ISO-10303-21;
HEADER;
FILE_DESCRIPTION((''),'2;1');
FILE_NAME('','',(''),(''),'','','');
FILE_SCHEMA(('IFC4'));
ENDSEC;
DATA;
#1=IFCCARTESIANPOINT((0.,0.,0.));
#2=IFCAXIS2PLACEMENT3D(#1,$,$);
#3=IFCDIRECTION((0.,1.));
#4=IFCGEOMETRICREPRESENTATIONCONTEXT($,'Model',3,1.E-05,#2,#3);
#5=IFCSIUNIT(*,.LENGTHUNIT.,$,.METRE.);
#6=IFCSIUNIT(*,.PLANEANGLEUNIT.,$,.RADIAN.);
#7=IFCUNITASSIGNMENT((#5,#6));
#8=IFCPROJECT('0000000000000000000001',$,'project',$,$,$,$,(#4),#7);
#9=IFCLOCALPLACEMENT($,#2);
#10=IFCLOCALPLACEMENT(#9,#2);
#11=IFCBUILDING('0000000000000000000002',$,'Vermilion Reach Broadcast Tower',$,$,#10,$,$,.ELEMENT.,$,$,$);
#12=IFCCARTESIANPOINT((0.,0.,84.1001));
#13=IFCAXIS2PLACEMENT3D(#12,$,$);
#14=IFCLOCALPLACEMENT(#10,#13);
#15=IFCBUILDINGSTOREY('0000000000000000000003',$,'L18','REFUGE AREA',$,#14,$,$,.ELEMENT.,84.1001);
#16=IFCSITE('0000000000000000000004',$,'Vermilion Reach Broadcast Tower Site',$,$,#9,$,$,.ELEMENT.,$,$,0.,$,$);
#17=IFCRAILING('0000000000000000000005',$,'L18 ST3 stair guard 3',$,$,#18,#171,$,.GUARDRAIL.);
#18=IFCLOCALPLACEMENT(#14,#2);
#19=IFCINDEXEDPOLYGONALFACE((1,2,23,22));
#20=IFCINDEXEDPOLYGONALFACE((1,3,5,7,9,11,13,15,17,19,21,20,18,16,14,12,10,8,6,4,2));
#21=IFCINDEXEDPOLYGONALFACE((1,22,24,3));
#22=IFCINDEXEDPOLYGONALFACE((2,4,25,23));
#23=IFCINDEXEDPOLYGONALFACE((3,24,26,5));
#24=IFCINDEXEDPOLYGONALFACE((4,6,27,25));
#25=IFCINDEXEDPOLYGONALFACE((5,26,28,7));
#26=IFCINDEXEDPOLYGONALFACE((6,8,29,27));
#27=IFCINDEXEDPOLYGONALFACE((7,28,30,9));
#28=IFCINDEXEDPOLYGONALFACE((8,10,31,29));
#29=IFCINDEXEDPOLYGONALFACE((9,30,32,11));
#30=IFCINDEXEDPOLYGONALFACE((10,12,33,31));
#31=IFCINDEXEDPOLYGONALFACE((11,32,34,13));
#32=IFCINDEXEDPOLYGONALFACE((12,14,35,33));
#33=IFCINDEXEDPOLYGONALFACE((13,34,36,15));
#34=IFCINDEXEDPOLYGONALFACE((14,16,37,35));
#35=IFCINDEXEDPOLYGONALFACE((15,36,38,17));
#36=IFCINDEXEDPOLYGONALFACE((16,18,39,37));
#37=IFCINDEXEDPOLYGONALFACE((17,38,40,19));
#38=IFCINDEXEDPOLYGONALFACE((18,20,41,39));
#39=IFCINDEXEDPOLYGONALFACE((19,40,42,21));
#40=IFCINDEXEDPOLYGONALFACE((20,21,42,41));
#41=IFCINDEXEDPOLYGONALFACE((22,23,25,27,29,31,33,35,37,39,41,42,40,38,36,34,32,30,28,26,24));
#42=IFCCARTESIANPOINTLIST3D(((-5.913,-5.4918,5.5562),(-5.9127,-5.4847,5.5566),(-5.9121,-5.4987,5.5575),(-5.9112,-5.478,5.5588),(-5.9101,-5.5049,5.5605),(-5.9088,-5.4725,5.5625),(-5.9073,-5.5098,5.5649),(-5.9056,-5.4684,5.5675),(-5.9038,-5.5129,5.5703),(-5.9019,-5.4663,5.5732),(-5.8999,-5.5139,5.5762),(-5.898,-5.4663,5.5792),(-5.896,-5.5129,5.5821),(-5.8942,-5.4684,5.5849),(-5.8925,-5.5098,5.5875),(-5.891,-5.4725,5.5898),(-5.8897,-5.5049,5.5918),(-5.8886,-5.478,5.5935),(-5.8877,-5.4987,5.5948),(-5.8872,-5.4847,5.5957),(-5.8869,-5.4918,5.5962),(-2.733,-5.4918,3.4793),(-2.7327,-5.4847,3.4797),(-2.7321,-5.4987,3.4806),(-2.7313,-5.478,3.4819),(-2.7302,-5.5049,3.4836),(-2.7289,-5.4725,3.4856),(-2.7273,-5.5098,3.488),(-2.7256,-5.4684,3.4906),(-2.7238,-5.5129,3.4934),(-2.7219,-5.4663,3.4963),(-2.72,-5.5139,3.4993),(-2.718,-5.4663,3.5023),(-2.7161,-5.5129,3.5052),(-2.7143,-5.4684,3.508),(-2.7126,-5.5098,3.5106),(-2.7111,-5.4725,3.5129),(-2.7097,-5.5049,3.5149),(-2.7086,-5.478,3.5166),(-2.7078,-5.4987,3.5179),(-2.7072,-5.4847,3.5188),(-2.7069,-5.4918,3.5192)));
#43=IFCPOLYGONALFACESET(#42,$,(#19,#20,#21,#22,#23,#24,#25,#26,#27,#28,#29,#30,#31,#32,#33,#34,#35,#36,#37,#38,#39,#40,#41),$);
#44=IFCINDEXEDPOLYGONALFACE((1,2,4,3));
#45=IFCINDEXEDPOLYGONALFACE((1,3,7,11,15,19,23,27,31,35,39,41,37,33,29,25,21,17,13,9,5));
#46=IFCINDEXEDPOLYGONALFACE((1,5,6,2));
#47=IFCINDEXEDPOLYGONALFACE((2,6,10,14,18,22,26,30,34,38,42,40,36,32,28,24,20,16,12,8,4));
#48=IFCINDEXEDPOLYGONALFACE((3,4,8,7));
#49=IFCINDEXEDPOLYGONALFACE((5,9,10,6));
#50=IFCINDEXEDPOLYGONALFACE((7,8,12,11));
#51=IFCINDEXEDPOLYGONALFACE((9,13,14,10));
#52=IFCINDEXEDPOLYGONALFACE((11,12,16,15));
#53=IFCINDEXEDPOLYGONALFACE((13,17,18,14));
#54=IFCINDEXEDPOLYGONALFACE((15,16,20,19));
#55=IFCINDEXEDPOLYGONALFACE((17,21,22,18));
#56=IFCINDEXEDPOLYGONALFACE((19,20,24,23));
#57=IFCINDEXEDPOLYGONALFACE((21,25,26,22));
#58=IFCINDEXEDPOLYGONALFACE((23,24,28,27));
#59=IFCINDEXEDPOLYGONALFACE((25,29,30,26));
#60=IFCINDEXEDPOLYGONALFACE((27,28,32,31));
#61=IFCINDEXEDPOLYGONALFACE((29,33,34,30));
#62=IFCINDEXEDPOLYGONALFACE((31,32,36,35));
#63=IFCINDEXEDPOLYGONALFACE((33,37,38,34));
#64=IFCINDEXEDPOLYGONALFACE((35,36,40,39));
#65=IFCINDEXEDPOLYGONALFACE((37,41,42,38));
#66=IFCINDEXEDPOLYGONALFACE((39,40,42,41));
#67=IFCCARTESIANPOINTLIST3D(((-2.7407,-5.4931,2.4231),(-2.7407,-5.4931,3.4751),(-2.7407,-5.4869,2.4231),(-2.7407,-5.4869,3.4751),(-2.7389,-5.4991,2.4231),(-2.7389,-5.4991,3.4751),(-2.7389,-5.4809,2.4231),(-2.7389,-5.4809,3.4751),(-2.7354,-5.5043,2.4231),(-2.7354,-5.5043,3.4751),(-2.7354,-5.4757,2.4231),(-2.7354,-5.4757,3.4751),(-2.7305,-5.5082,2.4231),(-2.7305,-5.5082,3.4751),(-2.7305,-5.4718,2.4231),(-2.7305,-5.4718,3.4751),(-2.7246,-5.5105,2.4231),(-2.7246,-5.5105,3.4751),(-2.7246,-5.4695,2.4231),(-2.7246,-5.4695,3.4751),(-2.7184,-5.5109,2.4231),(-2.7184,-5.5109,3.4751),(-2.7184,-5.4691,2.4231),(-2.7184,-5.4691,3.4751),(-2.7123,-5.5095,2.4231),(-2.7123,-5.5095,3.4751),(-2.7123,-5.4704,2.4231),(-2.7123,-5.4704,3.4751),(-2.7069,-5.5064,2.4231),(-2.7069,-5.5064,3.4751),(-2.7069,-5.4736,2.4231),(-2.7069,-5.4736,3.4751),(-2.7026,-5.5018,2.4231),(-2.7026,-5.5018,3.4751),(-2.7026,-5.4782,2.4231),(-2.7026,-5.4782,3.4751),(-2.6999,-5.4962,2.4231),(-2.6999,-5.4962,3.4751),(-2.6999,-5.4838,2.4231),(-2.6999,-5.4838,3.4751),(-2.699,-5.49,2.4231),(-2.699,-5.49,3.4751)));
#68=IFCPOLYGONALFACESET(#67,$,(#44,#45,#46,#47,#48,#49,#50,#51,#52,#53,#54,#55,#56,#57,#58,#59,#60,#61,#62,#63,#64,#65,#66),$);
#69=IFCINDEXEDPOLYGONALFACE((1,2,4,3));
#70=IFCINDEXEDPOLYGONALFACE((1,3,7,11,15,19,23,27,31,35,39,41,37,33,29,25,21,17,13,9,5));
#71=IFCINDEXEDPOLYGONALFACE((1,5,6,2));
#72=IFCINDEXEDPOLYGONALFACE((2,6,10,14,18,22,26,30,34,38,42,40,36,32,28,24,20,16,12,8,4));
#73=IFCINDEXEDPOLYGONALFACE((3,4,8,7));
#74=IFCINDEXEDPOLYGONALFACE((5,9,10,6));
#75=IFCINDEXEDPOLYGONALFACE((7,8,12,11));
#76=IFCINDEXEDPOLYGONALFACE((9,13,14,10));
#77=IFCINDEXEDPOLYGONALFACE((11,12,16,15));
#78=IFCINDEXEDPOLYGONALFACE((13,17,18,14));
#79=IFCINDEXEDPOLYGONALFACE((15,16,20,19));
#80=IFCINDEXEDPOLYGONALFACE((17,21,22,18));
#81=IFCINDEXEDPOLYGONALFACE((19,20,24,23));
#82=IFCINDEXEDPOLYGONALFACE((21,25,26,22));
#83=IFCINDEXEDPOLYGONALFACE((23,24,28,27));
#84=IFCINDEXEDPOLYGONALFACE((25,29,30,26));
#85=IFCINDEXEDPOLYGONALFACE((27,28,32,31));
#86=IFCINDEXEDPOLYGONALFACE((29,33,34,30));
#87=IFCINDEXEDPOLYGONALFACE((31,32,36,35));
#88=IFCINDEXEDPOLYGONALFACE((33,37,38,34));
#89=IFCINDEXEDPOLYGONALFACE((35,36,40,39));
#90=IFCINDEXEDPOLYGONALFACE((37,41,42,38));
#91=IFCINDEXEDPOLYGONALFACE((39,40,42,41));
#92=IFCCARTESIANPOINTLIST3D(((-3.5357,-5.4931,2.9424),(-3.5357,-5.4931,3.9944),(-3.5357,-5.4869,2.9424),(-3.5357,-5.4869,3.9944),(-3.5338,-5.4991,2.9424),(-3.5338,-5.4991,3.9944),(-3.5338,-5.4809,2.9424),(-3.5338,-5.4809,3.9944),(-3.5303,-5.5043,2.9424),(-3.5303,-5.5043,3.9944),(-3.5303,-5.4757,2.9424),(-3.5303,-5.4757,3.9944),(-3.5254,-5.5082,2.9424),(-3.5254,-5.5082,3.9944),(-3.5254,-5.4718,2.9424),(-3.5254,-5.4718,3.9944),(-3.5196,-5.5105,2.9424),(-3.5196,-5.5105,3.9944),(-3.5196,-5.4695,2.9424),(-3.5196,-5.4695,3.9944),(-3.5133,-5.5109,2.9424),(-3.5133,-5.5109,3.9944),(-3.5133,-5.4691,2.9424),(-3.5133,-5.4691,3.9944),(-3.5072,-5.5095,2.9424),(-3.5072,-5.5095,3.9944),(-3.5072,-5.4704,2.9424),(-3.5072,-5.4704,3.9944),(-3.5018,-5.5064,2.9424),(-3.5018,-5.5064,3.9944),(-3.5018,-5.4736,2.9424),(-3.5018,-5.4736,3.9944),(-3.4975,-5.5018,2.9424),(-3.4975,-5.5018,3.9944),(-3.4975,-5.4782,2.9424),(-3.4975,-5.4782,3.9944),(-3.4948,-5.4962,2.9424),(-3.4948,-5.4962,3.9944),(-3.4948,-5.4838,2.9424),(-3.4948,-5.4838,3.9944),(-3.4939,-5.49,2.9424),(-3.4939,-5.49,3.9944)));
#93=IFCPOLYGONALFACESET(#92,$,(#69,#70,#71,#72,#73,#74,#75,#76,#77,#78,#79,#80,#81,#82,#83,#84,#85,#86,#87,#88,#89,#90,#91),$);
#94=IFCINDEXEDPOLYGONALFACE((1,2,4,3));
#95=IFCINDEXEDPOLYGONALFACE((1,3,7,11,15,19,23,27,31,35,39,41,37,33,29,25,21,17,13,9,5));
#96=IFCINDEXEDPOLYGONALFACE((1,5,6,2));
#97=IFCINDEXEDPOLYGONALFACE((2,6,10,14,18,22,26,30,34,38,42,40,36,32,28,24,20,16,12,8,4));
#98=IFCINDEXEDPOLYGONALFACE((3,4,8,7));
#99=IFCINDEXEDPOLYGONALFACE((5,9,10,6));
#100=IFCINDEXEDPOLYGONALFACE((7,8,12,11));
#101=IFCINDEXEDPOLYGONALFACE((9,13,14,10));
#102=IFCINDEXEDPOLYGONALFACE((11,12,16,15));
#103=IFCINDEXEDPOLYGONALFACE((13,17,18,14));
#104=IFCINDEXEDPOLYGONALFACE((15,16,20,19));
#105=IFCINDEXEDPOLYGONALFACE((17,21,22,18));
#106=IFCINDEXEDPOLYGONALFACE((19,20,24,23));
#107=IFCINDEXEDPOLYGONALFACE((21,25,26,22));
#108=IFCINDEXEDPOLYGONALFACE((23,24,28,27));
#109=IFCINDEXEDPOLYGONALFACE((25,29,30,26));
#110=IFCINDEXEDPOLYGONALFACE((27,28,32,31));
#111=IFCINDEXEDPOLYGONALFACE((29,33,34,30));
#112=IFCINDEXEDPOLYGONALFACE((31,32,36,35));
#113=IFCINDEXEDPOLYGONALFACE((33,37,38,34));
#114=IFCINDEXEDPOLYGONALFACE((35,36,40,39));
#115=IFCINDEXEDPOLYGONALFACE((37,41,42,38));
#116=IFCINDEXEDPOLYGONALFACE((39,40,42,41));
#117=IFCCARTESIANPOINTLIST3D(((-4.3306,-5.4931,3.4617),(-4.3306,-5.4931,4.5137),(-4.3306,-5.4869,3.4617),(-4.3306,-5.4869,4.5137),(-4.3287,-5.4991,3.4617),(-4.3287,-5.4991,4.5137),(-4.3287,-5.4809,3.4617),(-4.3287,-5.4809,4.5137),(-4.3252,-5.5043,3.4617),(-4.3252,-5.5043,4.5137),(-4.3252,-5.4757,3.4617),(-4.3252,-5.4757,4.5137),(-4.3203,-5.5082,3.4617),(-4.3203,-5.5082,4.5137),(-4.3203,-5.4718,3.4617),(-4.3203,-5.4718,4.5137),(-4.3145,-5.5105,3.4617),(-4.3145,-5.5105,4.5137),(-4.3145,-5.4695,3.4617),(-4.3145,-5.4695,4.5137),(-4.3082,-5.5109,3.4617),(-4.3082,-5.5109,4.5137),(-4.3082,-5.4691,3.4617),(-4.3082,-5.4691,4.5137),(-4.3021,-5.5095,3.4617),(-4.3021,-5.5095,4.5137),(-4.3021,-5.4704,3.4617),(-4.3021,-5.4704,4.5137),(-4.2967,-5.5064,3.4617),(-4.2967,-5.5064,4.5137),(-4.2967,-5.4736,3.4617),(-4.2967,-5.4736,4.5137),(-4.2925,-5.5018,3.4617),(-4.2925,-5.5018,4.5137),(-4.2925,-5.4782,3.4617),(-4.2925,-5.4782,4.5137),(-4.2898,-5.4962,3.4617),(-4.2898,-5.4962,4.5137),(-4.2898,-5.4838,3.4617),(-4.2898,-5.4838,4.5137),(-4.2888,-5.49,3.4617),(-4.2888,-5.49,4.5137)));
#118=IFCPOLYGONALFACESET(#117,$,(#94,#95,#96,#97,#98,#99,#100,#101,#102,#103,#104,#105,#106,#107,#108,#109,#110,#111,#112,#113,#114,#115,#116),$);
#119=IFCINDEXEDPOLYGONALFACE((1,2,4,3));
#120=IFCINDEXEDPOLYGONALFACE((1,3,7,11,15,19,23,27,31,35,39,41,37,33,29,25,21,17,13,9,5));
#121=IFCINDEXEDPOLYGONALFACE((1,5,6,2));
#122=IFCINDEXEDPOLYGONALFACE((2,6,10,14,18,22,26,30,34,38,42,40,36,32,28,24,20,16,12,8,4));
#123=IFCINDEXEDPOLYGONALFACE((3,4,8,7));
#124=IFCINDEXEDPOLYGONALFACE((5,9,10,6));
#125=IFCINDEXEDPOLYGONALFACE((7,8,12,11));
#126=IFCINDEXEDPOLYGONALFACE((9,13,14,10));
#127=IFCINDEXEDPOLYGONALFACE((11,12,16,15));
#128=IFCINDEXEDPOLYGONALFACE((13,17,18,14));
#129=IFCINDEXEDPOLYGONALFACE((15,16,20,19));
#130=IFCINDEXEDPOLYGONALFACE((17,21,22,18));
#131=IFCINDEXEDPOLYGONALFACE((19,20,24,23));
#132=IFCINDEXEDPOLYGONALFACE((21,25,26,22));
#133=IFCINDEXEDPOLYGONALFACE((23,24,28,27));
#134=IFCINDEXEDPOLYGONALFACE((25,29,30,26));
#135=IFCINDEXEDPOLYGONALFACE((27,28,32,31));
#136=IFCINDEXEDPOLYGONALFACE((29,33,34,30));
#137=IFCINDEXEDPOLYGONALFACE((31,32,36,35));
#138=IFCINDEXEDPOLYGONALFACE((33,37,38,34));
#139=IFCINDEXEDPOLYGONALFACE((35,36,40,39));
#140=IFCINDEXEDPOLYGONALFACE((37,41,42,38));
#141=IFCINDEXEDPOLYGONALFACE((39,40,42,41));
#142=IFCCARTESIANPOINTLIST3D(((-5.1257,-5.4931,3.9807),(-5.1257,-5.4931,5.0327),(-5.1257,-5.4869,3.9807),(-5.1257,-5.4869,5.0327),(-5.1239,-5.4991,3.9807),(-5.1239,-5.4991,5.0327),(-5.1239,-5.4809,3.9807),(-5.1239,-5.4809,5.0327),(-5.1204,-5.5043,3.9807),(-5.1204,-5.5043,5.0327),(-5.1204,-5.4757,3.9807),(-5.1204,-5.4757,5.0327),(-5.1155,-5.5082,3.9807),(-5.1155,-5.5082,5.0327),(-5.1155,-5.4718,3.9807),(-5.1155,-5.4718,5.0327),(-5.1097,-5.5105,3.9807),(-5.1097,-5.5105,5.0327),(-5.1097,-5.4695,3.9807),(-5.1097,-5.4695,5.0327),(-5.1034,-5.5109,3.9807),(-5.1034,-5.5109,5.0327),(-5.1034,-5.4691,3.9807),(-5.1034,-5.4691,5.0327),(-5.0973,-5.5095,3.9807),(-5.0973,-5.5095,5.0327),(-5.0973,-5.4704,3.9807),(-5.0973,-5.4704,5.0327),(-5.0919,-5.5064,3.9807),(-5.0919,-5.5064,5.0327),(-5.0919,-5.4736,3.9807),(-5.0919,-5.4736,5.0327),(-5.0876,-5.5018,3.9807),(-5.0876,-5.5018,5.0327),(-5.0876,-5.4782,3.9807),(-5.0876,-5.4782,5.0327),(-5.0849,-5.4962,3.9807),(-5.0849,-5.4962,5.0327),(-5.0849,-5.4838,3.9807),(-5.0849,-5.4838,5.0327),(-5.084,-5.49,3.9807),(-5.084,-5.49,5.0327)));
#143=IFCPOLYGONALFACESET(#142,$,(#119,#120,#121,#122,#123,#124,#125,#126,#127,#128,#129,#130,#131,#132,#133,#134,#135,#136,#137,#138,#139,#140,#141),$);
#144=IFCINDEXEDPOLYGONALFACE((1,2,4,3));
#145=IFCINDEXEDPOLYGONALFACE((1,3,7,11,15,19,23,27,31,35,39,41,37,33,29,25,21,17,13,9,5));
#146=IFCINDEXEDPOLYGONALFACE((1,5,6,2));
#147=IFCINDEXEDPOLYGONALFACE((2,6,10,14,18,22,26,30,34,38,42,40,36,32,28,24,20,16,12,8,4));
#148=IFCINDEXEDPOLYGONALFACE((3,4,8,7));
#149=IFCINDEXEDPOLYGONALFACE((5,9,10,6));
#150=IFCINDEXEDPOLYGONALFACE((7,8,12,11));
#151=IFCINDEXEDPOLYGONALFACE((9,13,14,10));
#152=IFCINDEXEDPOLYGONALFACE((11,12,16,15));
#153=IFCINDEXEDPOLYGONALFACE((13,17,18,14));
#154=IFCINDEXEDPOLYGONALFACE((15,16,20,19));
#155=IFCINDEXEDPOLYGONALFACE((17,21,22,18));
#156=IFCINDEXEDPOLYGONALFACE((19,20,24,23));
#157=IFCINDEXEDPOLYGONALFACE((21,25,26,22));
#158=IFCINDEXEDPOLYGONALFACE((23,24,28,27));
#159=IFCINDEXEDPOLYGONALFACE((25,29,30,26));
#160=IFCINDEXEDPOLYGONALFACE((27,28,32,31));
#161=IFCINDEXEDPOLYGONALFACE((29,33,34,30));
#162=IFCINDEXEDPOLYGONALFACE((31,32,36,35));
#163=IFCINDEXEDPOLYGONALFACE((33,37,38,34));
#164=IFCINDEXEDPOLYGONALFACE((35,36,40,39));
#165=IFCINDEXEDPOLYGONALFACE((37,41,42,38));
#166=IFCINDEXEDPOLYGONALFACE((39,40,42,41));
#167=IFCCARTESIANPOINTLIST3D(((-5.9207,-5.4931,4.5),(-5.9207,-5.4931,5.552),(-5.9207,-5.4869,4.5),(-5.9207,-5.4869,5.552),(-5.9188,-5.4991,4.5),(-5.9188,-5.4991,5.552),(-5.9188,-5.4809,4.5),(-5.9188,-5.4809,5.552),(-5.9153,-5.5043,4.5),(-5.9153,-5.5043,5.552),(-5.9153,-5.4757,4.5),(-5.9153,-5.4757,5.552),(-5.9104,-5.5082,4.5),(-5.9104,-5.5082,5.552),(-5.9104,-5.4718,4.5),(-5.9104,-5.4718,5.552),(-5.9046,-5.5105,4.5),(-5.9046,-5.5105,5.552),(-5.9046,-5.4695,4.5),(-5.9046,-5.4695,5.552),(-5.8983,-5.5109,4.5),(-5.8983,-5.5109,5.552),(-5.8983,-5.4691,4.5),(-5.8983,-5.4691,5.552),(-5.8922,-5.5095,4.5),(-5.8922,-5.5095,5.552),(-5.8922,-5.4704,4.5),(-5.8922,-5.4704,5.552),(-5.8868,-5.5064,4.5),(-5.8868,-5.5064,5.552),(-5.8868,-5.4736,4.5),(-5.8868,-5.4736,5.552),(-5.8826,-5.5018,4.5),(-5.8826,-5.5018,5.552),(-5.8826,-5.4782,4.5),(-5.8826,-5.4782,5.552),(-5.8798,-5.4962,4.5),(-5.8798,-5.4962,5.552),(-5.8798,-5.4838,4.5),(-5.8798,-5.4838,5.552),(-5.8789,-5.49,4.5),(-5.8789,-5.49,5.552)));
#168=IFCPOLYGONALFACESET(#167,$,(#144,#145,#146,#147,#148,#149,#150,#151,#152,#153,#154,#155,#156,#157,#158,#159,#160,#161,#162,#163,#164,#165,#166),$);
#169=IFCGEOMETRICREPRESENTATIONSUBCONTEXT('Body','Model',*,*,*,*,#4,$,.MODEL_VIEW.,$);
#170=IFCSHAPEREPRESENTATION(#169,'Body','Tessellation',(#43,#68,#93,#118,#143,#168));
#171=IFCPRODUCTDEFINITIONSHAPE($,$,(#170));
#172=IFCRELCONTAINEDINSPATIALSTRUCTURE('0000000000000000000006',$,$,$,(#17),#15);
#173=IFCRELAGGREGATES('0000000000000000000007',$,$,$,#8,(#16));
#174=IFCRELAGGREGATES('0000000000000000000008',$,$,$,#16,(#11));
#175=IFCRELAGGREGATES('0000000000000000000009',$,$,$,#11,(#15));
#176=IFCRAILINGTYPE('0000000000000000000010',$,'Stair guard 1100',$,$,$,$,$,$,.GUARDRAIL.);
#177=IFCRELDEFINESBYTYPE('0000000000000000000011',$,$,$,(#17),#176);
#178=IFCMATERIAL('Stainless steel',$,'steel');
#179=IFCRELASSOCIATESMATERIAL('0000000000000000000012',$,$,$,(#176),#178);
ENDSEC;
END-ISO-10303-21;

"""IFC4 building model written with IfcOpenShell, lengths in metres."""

from ifc_helpers import new_model, si_unit, direction, frame, origin, origin_2d, place, context, subcontext, project, spatial, circle, extrude, material, type_object, element, save


model = new_model("IFC4")

# Units and contexts
model_context = context("Model", 3, precision=1e-05, world=origin(), true_north=direction((0.0, 1.0)))
body_context = subcontext(model_context, "Body", "Model", "MODEL_VIEW")
ifc_project = project(units=[si_unit("LENGTHUNIT", "METRE"), si_unit("PLANEANGLEUNIT", "RADIAN")], contexts=[model_context])

# Site, building, storey
site_placement = place(None, origin())
site = spatial("IfcSite", under=ifc_project, at=site_placement, Name="Vermilion Reach Broadcast Tower Site", CompositionType="ELEMENT", RefElevation=0.0)
building_placement = place(site_placement, origin())
building = spatial("IfcBuilding", under=site, at=building_placement, Name="Vermilion Reach Broadcast Tower", CompositionType="ELEMENT")
storey_placement = place(building_placement, frame((0.0, 0.0, 84.1001)))
storey = spatial("IfcBuildingStorey", under=building, at=storey_placement, Name="L18", Description="REFUGE AREA", CompositionType="ELEMENT", Elevation=84.1001)

# Railing
ifc_material_1 = material(Name="Stainless steel", Category="steel")
railing_type_1 = type_object("IfcRailingType", Name="Stair guard 1100", PredefinedType="GUARDRAIL", material=ifc_material_1)
railing_1_placement = place(storey_placement, frame((-2.72, -5.49, 2.4231)))
element("IfcRailing", 1, at=railing_1_placement, inside=storey, type_object=railing_type_1, Name="L18 ST3 stair guard 3", PredefinedType="GUARDRAIL", context=body_context, shape_type="SweptSolid", body=[
    extrude(circle(Radius=0.0239, at=origin_2d()), frame((0.0, 0.0, 1.0762), z_axis=(-0.837245, 0.0, 0.546828), x_axis=(0.0, -1.0, 0.0)), (0.0, 0.0, 1.0), 3.7981),
    extrude(circle(Radius=0.021, at=origin_2d()), origin(), (0.0, 0.0, 1.0), 1.052),
    extrude(circle(Radius=0.021, at=origin_2d()), frame((-0.7949, 0.0, 0.5193)), (0.0, 0.0, 1.0), 1.052),
    extrude(circle(Radius=0.021, at=origin_2d()), frame((-1.5898, 0.0, 1.0386)), (0.0, 0.0, 1.0), 1.052),
    extrude(circle(Radius=0.021, at=origin_2d()), frame((-2.385, 0.0, 1.5576)), (0.0, 0.0, 1.0), 1.052),
    extrude(circle(Radius=0.021, at=origin_2d()), frame((-3.1799, 0.0, 2.0769)), (0.0, 0.0, 1.0), 1.052),
])

save(model, "model.ifc")
